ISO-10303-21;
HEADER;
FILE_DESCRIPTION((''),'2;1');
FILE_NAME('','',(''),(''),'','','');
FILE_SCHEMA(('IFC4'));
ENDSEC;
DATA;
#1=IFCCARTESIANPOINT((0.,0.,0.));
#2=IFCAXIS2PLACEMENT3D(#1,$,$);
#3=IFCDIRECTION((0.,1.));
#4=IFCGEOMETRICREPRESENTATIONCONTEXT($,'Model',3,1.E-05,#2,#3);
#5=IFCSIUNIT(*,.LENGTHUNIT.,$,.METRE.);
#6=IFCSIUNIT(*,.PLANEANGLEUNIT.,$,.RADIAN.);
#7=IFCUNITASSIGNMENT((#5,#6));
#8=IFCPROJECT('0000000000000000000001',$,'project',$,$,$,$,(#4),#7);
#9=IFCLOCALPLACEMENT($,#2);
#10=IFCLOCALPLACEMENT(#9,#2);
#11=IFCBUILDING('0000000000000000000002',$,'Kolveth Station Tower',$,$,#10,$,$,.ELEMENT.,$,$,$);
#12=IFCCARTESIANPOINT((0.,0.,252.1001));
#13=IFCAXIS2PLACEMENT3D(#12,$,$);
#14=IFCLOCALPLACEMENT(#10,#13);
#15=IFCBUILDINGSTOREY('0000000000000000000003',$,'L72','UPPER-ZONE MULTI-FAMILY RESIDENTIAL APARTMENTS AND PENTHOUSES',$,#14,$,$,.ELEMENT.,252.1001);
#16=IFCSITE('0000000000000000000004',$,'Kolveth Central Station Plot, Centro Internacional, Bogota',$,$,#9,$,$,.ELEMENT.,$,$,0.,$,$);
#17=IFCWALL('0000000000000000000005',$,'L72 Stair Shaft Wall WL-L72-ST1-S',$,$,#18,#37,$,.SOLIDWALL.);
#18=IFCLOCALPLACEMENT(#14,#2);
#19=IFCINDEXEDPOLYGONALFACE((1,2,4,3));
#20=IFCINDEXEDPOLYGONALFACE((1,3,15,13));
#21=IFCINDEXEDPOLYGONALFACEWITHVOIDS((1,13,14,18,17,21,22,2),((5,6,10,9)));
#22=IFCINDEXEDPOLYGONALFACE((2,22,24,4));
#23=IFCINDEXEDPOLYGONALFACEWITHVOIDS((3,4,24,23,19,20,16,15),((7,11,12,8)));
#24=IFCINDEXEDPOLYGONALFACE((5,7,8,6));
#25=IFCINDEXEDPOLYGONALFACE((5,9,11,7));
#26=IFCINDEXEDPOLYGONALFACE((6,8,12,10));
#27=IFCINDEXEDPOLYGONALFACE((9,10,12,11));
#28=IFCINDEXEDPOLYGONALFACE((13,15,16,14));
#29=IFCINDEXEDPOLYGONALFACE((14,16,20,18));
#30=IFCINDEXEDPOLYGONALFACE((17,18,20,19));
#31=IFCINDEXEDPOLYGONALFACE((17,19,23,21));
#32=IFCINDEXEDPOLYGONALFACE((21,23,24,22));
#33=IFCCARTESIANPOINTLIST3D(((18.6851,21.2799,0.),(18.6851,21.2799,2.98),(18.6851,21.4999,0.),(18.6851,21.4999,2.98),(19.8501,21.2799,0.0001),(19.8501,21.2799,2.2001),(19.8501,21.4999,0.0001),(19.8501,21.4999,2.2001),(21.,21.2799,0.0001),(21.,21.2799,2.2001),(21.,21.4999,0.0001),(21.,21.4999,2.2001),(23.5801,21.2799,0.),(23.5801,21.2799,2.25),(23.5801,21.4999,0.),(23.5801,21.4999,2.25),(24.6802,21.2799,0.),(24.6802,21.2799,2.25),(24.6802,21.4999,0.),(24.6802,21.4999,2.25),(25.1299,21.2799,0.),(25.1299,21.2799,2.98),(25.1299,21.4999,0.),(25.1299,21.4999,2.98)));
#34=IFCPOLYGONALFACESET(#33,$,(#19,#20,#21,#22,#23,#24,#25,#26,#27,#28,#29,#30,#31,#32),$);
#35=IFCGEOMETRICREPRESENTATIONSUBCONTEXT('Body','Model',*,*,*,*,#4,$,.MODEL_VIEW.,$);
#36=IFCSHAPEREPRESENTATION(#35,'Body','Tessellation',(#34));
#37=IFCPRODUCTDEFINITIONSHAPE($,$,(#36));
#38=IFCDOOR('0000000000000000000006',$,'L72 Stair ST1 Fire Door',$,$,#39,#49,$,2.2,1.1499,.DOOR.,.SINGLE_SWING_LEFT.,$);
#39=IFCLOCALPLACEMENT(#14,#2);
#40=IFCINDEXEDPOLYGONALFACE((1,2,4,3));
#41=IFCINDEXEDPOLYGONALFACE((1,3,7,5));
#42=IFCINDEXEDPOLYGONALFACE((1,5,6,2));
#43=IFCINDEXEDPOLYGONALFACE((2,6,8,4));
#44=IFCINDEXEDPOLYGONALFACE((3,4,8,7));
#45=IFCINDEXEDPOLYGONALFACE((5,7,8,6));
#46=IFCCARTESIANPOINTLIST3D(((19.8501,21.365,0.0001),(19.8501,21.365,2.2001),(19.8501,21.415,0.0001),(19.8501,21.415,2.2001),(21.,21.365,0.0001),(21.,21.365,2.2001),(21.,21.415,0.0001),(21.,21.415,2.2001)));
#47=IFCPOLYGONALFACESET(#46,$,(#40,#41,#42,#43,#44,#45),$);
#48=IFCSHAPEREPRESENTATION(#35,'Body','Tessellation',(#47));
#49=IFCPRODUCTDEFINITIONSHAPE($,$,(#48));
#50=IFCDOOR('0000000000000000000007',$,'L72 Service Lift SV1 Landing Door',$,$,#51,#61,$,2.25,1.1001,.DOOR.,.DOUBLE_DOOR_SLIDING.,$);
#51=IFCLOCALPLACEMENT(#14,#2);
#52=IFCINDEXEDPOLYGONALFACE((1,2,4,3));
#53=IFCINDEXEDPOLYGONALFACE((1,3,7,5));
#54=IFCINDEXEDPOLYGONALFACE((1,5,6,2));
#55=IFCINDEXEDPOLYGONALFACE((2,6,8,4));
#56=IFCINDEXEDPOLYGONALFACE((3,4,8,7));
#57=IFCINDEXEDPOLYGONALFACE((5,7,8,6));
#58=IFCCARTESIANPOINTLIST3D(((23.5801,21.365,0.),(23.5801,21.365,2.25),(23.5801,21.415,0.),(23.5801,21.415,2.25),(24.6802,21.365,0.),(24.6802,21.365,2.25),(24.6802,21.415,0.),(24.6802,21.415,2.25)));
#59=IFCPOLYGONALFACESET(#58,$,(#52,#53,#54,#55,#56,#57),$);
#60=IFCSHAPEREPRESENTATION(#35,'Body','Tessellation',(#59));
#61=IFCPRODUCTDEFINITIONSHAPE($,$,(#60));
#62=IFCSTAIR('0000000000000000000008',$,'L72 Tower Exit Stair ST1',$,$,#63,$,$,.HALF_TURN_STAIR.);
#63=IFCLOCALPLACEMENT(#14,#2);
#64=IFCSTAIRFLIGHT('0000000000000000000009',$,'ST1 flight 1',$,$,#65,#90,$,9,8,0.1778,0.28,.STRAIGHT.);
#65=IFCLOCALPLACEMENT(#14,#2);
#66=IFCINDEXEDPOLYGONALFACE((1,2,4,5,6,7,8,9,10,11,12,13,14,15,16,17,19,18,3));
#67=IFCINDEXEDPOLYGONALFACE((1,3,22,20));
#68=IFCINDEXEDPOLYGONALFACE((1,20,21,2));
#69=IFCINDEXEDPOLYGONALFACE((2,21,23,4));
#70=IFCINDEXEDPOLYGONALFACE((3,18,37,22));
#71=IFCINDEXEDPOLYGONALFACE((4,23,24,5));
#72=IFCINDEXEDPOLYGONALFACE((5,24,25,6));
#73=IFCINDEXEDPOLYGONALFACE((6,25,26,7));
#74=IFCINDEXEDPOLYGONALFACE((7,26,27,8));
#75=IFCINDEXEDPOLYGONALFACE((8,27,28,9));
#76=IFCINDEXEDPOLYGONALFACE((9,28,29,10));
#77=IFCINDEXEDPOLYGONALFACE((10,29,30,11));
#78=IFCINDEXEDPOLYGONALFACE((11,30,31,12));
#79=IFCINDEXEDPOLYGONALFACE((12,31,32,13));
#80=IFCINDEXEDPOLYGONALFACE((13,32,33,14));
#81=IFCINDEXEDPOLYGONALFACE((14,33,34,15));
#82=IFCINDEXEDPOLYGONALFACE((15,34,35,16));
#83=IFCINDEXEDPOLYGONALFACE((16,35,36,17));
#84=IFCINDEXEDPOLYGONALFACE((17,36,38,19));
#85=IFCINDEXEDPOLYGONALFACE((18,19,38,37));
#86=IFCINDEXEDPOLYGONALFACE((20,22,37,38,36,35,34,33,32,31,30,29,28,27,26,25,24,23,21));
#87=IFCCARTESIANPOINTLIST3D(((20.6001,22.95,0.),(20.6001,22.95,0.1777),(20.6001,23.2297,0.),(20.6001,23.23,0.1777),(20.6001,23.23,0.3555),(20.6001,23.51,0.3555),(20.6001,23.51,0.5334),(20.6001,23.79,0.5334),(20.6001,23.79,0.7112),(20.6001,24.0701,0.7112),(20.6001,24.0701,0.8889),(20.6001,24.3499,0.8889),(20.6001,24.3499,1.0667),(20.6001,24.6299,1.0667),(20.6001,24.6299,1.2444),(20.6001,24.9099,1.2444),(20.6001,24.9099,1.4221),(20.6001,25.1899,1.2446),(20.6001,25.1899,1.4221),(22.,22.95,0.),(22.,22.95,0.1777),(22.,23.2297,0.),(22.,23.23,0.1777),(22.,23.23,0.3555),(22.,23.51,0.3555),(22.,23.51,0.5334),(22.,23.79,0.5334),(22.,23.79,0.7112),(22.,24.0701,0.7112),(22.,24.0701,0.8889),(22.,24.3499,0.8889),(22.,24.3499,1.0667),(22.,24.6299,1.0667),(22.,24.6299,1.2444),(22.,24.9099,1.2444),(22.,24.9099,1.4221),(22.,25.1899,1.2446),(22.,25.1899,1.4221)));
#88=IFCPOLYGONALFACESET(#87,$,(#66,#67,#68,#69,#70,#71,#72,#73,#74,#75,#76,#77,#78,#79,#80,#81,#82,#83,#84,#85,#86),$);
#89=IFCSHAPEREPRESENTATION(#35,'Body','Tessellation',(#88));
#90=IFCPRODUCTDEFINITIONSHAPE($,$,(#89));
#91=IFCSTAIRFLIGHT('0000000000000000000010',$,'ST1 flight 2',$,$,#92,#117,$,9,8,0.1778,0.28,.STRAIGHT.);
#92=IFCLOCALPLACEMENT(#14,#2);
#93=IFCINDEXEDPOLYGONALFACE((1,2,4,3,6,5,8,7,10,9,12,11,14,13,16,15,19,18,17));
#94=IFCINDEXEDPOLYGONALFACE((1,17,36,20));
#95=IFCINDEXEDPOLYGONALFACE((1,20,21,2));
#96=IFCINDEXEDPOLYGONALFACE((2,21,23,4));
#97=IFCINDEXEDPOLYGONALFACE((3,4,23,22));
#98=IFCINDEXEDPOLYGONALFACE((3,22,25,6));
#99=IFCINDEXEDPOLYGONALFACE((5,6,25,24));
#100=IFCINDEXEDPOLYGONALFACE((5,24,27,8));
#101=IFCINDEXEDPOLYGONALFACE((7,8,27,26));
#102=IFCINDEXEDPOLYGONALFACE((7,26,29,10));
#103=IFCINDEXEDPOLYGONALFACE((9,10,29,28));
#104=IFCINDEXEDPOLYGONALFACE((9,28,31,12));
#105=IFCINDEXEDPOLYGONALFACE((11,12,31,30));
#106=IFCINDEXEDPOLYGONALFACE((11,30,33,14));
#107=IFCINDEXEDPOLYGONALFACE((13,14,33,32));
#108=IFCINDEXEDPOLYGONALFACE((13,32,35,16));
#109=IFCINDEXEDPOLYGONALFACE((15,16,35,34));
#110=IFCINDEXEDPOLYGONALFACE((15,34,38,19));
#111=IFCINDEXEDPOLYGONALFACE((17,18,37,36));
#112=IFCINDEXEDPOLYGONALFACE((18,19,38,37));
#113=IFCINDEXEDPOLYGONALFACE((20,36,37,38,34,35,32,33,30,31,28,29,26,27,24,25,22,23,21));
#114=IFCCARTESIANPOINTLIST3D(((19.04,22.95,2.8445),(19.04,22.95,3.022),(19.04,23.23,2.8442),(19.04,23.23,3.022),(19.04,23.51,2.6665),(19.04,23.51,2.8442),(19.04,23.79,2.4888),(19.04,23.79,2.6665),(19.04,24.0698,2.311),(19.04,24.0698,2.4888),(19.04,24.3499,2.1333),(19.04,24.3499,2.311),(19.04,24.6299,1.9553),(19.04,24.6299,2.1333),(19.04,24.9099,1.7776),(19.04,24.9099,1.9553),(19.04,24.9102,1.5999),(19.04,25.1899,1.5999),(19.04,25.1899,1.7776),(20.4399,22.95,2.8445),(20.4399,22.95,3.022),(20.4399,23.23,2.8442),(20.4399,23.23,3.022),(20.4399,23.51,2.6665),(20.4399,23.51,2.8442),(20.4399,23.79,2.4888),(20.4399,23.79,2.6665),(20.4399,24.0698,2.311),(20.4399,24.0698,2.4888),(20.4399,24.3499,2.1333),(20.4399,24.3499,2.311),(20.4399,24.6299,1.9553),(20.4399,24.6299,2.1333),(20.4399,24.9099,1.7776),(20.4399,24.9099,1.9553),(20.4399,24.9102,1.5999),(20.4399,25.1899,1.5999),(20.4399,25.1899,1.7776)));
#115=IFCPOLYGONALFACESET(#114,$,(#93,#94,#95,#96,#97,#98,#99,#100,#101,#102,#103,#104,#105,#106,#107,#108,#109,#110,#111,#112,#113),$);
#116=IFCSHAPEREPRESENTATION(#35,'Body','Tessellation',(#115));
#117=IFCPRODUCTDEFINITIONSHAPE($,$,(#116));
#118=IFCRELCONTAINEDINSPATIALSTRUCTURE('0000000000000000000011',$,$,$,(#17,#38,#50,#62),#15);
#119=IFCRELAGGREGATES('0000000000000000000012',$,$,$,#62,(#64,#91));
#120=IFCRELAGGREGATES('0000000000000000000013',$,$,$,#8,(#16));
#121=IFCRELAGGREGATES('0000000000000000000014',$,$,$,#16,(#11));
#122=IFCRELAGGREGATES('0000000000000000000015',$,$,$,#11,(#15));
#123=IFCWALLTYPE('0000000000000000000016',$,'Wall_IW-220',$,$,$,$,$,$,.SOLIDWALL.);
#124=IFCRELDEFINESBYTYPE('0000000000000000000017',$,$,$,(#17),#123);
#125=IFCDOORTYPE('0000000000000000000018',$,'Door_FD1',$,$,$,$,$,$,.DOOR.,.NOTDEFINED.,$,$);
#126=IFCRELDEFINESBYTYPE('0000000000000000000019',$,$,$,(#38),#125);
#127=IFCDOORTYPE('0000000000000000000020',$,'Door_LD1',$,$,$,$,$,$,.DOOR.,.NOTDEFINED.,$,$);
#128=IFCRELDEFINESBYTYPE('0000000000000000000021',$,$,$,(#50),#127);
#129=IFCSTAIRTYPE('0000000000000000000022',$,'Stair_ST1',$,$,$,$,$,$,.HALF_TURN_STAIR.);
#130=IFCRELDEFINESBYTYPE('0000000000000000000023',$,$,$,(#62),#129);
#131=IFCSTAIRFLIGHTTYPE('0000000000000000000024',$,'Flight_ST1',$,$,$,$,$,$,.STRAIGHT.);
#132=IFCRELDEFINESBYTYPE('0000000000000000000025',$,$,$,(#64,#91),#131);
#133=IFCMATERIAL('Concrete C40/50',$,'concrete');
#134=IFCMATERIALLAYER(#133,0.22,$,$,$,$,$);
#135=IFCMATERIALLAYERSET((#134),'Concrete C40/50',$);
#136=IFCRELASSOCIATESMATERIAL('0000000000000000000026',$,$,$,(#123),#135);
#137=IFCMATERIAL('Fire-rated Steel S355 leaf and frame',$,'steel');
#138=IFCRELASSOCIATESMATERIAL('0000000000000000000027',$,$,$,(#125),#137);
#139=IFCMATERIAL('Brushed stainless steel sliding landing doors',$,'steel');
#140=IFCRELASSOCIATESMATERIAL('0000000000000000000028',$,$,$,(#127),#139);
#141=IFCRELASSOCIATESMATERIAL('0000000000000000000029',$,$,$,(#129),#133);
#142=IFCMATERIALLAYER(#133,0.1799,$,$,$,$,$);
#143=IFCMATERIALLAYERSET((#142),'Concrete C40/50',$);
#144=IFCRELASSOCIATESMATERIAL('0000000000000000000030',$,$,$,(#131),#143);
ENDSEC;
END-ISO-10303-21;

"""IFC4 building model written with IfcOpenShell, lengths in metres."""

from ifc_helpers import new_model, si_unit, direction, frame, frame_2d, origin, place, context, subcontext, project, spatial, polyline, rectangle, outline, extrude, material, layer, layer_set, type_object, element, fill, aggregate, save


model = new_model("IFC4")

# Units and contexts
model_context = context("Model", 3, precision=1e-05, world=origin(), true_north=direction((0.0, 1.0)))
body_context = subcontext(model_context, "Body", "Model", "MODEL_VIEW")
ifc_project = project(units=[si_unit("LENGTHUNIT", "METRE"), si_unit("PLANEANGLEUNIT", "RADIAN")], contexts=[model_context])

# Site, building, storey
site_placement = place(None, origin())
site = spatial("IfcSite", under=ifc_project, at=site_placement, Name="Kolveth Central Station Plot, Centro Internacional, Bogota", CompositionType="ELEMENT", RefElevation=0.0)
building_placement = place(site_placement, origin())
building = spatial("IfcBuilding", under=site, at=building_placement, Name="Kolveth Station Tower", CompositionType="ELEMENT")
storey_placement = place(building_placement, frame((0.0, 0.0, 252.1001)))
storey = spatial("IfcBuildingStorey", under=building, at=storey_placement, Name="L72", Description="UPPER-ZONE MULTI-FAMILY RESIDENTIAL APARTMENTS AND PENTHOUSES", CompositionType="ELEMENT", Elevation=252.1001)

# Shared definitions
ifc_material_1 = material(Name="Concrete C40/50", Category="concrete")
ifc_layer_1 = layer(ifc_material_1, 0.22)
ifc_layer_set_1 = layer_set([ifc_layer_1], Name="Concrete C40/50")
wall_type_1 = type_object("IfcWallType", Name="Wall_IW-220", PredefinedType="SOLIDWALL", material=ifc_layer_set_1)

# Wall, openings, doors
wall_1_placement = place(storey_placement, frame((18.6851, 21.3899, 0.0), z_axis=(0.0, 0.0, 1.0), x_axis=(1.0, 0.0, 0.0)))
wall_1 = element("IfcWall", 1, at=wall_1_placement, inside=storey, type_object=wall_type_1, Name="L72 Stair Shaft Wall WL-L72-ST1-S", PredefinedType="SOLIDWALL", context=body_context, shape_type="SweptSolid", body=[
    extrude(rectangle(XDim=6.4448, YDim=0.22, at=frame_2d((3.2224, 0.0))), origin(), (0.0, 0.0, 1.0), 2.98),
])
opening_1_placement = place(wall_1_placement, frame((1.165, 0.0, 0.0)))
opening_1 = element("IfcOpeningElement", 2, at=opening_1_placement, cuts=wall_1, PredefinedType="OPENING", context=body_context, shape_type="SweptSolid", body=[
    extrude(rectangle(XDim=1.1499, YDim=2.2, at=frame_2d((0.575, 1.1001))), frame((0.0, 0.1199, 0.0), z_axis=(0.0, -1.0, 0.0), x_axis=(1.0, 0.0, 0.0)), (0.0, 0.0, 1.0), 0.24),
])
opening_2_placement = place(wall_1_placement, frame((4.895, 0.0, 0.0)))
opening_2 = element("IfcOpeningElement", 3, at=opening_2_placement, cuts=wall_1, PredefinedType="OPENING", context=body_context, shape_type="SweptSolid", body=[
    extrude(rectangle(XDim=1.1001, YDim=2.25, at=frame_2d((0.55, 1.125))), frame((0.0, 0.1199, 0.0), z_axis=(0.0, -1.0, 0.0), x_axis=(1.0, 0.0, 0.0)), (0.0, 0.0, 1.0), 0.24),
])
ifc_material_2 = material(Name="Fire-rated Steel S355 leaf and frame", Category="steel")
door_type_1 = type_object("IfcDoorType", Name="Door_FD1", OperationType="NOTDEFINED", PredefinedType="DOOR", material=ifc_material_2)
door_1_placement = place(opening_1_placement, frame((1.1499, 0.0, 0.0), z_axis=(0.0, 0.0, 1.0), x_axis=(-1.0, 0.0, 0.0)))
door_1 = element("IfcDoor", 4, at=door_1_placement, inside=storey, type_object=door_type_1, Name="L72 Stair ST1 Fire Door", OperationType="SINGLE_SWING_LEFT", OverallHeight=2.2, OverallWidth=1.1499, PredefinedType="DOOR", context=body_context, shape_type="SweptSolid", body=[
    extrude(rectangle(XDim=1.1499, YDim=2.2, at=frame_2d((0.575, 1.1001))), frame((0.0, 0.0249, 0.0), z_axis=(0.0, -1.0, 0.0), x_axis=(1.0, 0.0, 0.0)), (0.0, 0.0, 1.0), 0.05),
])
fill(opening_1, door_1)
ifc_material_3 = material(Name="Brushed stainless steel sliding landing doors", Category="steel")
door_type_2 = type_object("IfcDoorType", Name="Door_LD1", OperationType="NOTDEFINED", PredefinedType="DOOR", material=ifc_material_3)
door_2_placement = place(opening_2_placement, frame((1.1001, 0.0, 0.0), z_axis=(0.0, 0.0, 1.0), x_axis=(-1.0, 0.0, 0.0)))
door_2 = element("IfcDoor", 5, at=door_2_placement, inside=storey, type_object=door_type_2, Name="L72 Service Lift SV1 Landing Door", OperationType="DOUBLE_DOOR_SLIDING", OverallHeight=2.25, OverallWidth=1.1001, PredefinedType="DOOR", context=body_context, shape_type="SweptSolid", body=[
    extrude(rectangle(XDim=1.1001, YDim=2.25, at=frame_2d((0.55, 1.125))), frame((0.0, 0.0249, 0.0), z_axis=(0.0, -1.0, 0.0), x_axis=(1.0, 0.0, 0.0)), (0.0, 0.0, 1.0), 0.05),
])
fill(opening_2, door_2)

# Stair, stair flights
stair_type = type_object("IfcStairType", Name="Stair_ST1", PredefinedType="HALF_TURN_STAIR", material=ifc_material_1)
stair_placement = place(storey_placement, origin())
stair = element("IfcStair", 6, at=stair_placement, inside=storey, type_object=stair_type, Name="L72 Tower Exit Stair ST1", PredefinedType="HALF_TURN_STAIR")
ifc_layer_2 = layer(ifc_material_1, 0.1799)
ifc_layer_set_2 = layer_set([ifc_layer_2], Name="Concrete C40/50")
stair_flight_type = type_object("IfcStairFlightType", Name="Flight_ST1", PredefinedType="STRAIGHT", material=ifc_layer_set_2)
stair_flight_1_placement = place(storey_placement, frame((21.3, 22.95, 0.0), z_axis=(0.0, 0.0, 1.0), x_axis=(0.0, 1.0, 0.0)))
stair_flight_1 = element("IfcStairFlight", 7, at=stair_flight_1_placement, type_object=stair_flight_type, Name="ST1 flight 1", NumberOfRisers=9, NumberOfTreads=8, PredefinedType="STRAIGHT", RiserHeight=0.1778, TreadLength=0.28, context=body_context, shape_type="SweptSolid", body=[
    extrude(outline(polyline([(0.0, 0.0), (0.0, 0.1777), (0.28, 0.1777), (0.28, 0.3555), (0.5601, 0.3555), (0.5601, 0.5334), (0.8401, 0.5334), (0.8401, 0.7112), (1.1201, 0.7112), (1.1201, 0.8889), (1.3999, 0.8889), (1.3999, 1.0667), (1.6799, 1.0667), (1.6799, 1.2444), (1.96, 1.2444), (1.96, 1.4221), (2.24, 1.4221), (2.24, 1.6001), (2.24, 1.2446), (0.2798, 0.0), (0.0, 0.0)])), frame((0.0, 0.7, 0.0), z_axis=(0.0, -1.0, 0.0), x_axis=(1.0, 0.0, 0.0)), (0.0, 0.0, 1.0), 1.3999),
])
stair_flight_2_placement = place(storey_placement, frame((19.74, 25.1899, 1.5999), z_axis=(0.0, 0.0, 1.0), x_axis=(0.0, -1.0, 0.0)))
stair_flight_2 = element("IfcStairFlight", 8, at=stair_flight_2_placement, type_object=stair_flight_type, Name="ST1 flight 2", NumberOfRisers=9, NumberOfTreads=8, PredefinedType="STRAIGHT", RiserHeight=0.1778, TreadLength=0.28, context=body_context, shape_type="SweptSolid", body=[
    extrude(outline(polyline([(0.0, 0.0), (0.0, 0.1777), (0.28, 0.1777), (0.28, 0.3555), (0.5601, 0.3555), (0.5601, 0.5334), (0.8401, 0.5334), (0.8401, 0.7112), (1.1201, 0.7112), (1.1201, 0.8889), (1.3999, 0.8889), (1.3999, 1.0667), (1.6799, 1.0667), (1.6799, 1.2444), (1.96, 1.2444), (1.96, 1.4221), (2.24, 1.4221), (2.24, 1.6001), (2.24, 1.2446), (0.2798, 0.0), (0.0, 0.0)])), frame((0.0, 0.7, 0.0), z_axis=(0.0, -1.0, 0.0), x_axis=(1.0, 0.0, 0.0)), (0.0, 0.0, 1.0), 1.3999),
])
aggregate(stair, [stair_flight_1, stair_flight_2])

save(model, "model.ifc")
